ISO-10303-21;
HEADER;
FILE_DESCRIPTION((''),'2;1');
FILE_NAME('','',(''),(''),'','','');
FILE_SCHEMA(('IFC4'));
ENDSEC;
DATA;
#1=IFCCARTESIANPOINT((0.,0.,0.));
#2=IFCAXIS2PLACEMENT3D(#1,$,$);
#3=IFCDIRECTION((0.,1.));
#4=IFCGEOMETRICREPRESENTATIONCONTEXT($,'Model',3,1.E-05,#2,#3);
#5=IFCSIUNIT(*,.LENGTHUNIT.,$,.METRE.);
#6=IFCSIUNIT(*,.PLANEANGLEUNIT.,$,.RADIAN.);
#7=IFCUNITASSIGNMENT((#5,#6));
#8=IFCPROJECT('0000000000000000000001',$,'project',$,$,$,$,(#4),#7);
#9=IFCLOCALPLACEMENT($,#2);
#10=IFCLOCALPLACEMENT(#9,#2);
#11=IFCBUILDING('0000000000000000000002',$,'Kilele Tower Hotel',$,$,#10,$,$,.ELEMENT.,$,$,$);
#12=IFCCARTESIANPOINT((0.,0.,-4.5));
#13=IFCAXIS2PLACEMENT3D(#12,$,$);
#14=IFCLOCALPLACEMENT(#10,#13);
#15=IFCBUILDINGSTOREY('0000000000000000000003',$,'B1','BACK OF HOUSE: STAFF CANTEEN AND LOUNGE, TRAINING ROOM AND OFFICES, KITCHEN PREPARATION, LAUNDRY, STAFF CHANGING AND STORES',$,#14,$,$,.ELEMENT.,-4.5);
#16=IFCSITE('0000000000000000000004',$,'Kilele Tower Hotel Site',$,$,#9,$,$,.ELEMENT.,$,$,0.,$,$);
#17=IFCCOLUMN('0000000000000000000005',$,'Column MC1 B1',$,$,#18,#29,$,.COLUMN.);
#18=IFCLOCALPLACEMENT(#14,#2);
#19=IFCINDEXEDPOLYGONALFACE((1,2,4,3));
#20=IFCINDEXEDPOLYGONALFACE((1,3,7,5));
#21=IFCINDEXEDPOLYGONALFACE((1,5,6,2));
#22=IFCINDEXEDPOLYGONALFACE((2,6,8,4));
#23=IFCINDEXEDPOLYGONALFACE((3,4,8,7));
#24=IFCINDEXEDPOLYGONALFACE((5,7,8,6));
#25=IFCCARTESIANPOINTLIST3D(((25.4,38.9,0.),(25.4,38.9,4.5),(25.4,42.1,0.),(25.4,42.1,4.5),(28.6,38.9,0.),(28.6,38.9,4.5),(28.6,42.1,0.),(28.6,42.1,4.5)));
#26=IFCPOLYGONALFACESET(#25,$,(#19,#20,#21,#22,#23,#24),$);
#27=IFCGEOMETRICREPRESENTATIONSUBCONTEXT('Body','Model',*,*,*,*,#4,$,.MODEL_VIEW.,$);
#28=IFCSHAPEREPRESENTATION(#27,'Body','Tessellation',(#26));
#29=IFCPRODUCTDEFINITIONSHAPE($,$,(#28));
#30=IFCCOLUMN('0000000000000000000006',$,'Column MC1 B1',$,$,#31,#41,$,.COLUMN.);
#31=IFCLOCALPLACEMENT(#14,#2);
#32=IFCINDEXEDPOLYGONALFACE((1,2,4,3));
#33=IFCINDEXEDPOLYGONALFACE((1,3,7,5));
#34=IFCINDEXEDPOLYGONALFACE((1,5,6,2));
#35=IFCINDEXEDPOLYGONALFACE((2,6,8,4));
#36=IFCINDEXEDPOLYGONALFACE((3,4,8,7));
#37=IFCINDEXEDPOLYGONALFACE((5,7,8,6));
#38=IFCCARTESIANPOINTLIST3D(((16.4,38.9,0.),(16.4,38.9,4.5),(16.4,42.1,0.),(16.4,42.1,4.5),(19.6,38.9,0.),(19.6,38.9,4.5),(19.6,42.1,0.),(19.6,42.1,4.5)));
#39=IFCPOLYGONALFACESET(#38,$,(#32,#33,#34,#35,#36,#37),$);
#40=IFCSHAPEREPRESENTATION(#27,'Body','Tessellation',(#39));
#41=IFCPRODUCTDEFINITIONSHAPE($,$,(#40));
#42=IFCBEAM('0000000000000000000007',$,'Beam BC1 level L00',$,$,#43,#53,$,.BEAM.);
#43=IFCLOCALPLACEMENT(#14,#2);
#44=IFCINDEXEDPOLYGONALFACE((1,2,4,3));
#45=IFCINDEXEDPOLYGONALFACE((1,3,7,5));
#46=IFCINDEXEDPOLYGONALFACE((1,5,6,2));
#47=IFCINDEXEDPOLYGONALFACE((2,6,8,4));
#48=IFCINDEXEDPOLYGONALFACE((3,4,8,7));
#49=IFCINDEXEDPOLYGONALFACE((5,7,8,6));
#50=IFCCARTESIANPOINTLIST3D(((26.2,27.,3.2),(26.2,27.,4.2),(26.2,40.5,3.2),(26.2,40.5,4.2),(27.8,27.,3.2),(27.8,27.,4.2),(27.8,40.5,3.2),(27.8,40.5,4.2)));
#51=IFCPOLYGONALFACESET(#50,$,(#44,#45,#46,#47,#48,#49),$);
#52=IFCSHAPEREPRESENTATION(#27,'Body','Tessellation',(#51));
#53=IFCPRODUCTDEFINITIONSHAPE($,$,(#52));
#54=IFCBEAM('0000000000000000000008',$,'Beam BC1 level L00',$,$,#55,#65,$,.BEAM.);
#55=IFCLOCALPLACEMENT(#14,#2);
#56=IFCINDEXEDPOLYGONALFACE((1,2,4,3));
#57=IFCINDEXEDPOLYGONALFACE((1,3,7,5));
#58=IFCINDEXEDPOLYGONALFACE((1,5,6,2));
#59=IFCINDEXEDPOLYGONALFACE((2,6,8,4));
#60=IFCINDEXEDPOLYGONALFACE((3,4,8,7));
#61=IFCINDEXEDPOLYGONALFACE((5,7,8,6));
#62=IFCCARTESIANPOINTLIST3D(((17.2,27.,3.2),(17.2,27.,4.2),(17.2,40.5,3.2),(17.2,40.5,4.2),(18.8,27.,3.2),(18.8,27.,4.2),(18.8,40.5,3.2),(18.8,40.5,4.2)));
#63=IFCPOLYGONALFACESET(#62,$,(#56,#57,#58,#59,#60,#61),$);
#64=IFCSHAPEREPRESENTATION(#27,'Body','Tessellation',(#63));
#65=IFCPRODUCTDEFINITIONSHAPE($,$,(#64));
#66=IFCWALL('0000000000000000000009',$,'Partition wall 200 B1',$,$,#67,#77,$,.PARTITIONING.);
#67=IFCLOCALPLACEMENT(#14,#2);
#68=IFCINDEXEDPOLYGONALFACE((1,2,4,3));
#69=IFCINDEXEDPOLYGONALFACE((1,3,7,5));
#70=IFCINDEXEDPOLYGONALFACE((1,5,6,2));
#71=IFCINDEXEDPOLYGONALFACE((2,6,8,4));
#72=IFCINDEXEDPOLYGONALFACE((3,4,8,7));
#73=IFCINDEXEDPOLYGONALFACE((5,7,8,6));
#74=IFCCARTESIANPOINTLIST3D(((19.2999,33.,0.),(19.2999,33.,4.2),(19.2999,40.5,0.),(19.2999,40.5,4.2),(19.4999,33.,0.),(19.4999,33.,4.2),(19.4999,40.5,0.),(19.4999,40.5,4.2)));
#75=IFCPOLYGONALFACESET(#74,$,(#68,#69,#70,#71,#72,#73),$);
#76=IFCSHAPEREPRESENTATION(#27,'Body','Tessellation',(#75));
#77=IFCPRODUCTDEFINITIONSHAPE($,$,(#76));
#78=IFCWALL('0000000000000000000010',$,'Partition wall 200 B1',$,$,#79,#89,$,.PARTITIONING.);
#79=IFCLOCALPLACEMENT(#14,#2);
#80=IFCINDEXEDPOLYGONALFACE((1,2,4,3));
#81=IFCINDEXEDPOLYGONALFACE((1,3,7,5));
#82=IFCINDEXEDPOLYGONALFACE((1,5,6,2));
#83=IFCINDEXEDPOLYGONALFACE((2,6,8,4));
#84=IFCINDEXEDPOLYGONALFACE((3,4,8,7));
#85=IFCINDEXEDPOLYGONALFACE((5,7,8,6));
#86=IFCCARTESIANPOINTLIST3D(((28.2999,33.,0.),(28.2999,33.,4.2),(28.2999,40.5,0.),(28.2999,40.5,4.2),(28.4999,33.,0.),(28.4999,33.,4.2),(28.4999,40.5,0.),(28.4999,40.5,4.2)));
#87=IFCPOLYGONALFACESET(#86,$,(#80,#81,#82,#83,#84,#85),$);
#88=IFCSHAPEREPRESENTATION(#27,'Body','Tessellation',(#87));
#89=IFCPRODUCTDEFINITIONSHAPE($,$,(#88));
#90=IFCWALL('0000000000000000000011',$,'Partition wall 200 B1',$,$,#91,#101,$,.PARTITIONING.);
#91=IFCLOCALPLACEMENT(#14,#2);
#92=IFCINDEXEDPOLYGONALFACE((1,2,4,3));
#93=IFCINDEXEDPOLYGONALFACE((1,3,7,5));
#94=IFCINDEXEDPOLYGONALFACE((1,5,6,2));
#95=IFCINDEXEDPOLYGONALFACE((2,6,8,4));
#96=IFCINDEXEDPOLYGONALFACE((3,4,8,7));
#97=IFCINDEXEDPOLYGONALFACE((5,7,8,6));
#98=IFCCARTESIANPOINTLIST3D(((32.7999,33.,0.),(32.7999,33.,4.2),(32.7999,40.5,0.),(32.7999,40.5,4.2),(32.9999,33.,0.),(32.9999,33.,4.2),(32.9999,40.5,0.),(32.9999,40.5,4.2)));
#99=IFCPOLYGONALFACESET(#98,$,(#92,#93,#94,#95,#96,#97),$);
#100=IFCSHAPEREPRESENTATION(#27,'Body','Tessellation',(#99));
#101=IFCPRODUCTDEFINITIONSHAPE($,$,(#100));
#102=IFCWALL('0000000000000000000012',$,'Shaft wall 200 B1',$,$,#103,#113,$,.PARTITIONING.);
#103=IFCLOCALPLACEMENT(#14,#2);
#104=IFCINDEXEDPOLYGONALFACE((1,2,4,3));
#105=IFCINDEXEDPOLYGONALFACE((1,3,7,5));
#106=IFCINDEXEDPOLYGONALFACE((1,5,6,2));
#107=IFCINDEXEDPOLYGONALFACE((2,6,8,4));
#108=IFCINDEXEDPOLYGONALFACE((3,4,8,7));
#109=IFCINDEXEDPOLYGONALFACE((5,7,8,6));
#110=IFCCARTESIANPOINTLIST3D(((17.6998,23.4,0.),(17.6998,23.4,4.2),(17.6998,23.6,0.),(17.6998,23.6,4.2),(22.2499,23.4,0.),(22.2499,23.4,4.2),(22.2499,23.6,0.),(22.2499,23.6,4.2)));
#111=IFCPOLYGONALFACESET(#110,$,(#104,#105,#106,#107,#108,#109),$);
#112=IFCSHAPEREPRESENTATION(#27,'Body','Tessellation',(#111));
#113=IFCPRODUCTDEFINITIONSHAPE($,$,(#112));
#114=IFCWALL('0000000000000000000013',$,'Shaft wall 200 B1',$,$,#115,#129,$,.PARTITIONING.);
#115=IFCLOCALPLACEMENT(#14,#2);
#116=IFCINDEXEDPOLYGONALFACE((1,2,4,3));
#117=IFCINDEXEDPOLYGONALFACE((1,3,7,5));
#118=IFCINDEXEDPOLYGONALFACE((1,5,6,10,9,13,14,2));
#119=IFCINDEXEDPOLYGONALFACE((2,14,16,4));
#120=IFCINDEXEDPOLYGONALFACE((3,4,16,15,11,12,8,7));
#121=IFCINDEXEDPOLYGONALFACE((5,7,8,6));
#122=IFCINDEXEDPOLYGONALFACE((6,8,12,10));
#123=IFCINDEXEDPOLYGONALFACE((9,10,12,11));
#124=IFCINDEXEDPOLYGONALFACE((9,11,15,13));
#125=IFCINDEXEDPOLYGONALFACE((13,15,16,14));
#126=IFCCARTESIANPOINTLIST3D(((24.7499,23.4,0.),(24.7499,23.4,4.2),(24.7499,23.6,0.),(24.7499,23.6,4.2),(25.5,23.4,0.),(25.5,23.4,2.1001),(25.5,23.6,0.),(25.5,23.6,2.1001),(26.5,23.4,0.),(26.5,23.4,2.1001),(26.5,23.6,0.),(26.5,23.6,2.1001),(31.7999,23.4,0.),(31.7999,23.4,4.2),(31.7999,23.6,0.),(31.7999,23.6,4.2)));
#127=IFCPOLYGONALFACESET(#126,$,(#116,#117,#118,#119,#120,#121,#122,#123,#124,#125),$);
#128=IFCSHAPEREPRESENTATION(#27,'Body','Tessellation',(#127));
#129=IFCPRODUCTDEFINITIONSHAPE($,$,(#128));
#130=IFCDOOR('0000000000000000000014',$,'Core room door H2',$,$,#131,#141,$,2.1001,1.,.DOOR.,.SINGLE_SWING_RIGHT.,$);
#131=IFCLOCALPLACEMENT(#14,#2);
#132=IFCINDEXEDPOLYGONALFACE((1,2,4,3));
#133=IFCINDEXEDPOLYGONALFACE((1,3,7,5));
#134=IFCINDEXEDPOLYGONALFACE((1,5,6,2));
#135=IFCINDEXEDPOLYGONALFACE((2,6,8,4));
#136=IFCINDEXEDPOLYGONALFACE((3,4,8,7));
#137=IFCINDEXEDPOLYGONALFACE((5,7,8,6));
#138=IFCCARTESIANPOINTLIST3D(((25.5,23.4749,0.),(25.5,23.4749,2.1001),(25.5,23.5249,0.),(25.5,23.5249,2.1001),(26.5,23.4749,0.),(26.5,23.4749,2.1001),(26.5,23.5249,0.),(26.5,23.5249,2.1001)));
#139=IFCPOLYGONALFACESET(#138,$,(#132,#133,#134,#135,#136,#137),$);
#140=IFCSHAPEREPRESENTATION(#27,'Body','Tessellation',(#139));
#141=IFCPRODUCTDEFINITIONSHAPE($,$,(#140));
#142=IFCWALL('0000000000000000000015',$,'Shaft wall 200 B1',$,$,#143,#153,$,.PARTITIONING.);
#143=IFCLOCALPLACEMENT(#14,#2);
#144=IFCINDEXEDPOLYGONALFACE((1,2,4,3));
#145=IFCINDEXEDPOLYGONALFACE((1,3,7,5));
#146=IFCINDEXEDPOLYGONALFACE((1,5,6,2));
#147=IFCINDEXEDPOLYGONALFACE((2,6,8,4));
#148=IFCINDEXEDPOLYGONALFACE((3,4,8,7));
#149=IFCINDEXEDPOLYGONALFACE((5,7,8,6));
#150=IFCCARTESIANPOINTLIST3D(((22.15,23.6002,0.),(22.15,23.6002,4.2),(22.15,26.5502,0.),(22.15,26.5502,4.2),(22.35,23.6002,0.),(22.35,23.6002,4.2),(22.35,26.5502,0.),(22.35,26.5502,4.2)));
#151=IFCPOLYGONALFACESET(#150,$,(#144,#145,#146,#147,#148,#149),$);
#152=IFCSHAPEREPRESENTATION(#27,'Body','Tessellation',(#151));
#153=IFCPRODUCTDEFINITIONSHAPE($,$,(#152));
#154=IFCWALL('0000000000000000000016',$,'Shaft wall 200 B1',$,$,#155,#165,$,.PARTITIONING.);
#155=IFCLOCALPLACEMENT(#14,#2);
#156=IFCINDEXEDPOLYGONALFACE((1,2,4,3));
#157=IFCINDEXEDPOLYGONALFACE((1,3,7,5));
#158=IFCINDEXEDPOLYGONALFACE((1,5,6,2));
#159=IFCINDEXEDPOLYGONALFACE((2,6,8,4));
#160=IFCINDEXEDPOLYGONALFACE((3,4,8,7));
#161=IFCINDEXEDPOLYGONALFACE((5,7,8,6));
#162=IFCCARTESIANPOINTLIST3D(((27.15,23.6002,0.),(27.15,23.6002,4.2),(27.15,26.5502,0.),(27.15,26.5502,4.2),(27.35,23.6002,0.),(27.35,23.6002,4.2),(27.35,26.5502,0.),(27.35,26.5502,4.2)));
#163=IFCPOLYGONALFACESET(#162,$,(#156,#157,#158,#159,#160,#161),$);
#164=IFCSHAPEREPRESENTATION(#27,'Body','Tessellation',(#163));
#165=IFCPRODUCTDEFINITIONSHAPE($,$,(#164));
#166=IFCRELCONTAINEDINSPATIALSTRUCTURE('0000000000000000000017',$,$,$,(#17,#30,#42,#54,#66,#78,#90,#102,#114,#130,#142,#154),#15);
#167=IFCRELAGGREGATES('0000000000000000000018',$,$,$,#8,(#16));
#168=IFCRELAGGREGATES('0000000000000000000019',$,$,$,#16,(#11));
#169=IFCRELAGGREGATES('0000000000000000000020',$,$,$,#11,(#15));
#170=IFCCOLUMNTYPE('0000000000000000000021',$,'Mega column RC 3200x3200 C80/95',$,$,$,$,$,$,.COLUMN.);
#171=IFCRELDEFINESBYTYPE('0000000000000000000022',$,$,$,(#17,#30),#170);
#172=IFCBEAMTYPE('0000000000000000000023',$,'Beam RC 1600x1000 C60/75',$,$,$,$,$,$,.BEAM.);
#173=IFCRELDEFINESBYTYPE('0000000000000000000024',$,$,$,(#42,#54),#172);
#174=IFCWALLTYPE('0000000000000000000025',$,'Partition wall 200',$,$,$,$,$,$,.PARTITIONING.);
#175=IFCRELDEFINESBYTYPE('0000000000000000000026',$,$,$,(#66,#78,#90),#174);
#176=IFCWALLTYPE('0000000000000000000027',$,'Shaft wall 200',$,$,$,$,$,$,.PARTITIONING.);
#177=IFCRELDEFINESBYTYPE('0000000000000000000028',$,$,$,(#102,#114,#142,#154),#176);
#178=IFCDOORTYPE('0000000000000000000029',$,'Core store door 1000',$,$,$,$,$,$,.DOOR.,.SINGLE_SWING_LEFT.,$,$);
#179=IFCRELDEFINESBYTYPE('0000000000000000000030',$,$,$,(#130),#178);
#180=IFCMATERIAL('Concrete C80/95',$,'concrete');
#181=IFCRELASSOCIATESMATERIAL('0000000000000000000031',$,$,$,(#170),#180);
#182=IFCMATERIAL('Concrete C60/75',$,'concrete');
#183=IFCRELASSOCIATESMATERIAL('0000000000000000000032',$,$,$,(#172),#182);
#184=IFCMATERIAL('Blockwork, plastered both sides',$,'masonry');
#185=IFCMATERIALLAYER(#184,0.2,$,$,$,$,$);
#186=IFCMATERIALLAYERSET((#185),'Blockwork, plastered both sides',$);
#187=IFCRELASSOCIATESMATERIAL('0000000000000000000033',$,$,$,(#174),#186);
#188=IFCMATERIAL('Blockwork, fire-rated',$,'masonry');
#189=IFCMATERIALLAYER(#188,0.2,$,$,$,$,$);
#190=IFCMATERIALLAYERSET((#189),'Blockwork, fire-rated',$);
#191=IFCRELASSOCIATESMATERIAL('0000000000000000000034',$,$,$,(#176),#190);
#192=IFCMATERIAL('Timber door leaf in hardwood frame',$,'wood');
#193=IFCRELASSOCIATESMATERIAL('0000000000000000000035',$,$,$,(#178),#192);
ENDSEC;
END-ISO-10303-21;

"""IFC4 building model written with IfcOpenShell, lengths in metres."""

from ifc_helpers import new_model, si_unit, direction, frame, frame_2d, origin, origin_2d, place, context, subcontext, project, spatial, rectangle, extrude, material, layer, layer_set, material_profile, profile_set, type_object, element, fill, save


model = new_model("IFC4")

# Units and contexts
model_context = context("Model", 3, precision=1e-05, world=origin(), true_north=direction((0.0, 1.0)))
body_context = subcontext(model_context, "Body", "Model", "MODEL_VIEW")
ifc_project = project(units=[si_unit("LENGTHUNIT", "METRE"), si_unit("PLANEANGLEUNIT", "RADIAN")], contexts=[model_context])

# Site, building, storey
site_placement = place(None, origin())
site = spatial("IfcSite", under=ifc_project, at=site_placement, Name="Kilele Tower Hotel Site", CompositionType="ELEMENT", RefElevation=0.0)
building_placement = place(site_placement, origin())
building = spatial("IfcBuilding", under=site, at=building_placement, Name="Kilele Tower Hotel", CompositionType="ELEMENT")
storey_placement = place(building_placement, frame((0.0, 0.0, -4.5)))
storey = spatial("IfcBuildingStorey", under=building, at=storey_placement, Name="B1", Description="BACK OF HOUSE: STAFF CANTEEN AND LOUNGE, TRAINING ROOM AND OFFICES, KITCHEN PREPARATION, LAUNDRY, STAFF CHANGING AND STORES", CompositionType="ELEMENT", Elevation=-4.5)

# Columns
ifc_material_1 = material(Name="Concrete C80/95", Category="concrete")
ifc_material_profile_1 = material_profile(ifc_material_1, rectangle(XDim=3.2, YDim=3.2, at=origin_2d()))
ifc_profile_set_1 = profile_set([ifc_material_profile_1], Name="Concrete C80/95")
column_type = type_object("IfcColumnType", Name="Mega column RC 3200x3200 C80/95", PredefinedType="COLUMN", material=ifc_profile_set_1)
for number, where, z_axis, x_axis, name in (
    (1, (27.0, 40.5, 0.0), (0.0, 0.0, 1.0), (1.0, 0.0, 0.0), "Column MC1 B1"),
    (2, (18.0, 40.5, 0.0), (0.0, 0.0, 1.0), (1.0, 0.0, 0.0), "Column MC1 B1"),
):
    element("IfcColumn", number, at=place(storey_placement, frame(where, z_axis=z_axis, x_axis=x_axis)), inside=storey, type_object=column_type, Name=name, PredefinedType="COLUMN", context=body_context, shape_type="SweptSolid", body=[
        extrude(rectangle(XDim=3.2, YDim=3.2, at=origin_2d()), origin(), (0.0, 0.0, 1.0), 4.5),
    ])

# Beams
ifc_material_2 = material(Name="Concrete C60/75", Category="concrete")
ifc_material_profile_2 = material_profile(ifc_material_2, rectangle(XDim=1.6001, YDim=1.0, at=origin_2d()))
ifc_profile_set_2 = profile_set([ifc_material_profile_2], Name="Concrete C60/75")
beam_type = type_object("IfcBeamType", Name="Beam RC 1600x1000 C60/75", PredefinedType="BEAM", material=ifc_profile_set_2)
for number, where, z_axis, x_axis, name in (
    (3, (27.0, 40.5, 3.7), (0.0, -1.0, 0.0), (1.0, 0.0, 0.0), "Beam BC1 level L00"),
    (4, (18.0, 40.5, 3.7), (0.0, -1.0, 0.0), (1.0, 0.0, 0.0), "Beam BC1 level L00"),
):
    element("IfcBeam", number, at=place(storey_placement, frame(where, z_axis=z_axis, x_axis=x_axis)), inside=storey, type_object=beam_type, Name=name, PredefinedType="BEAM", context=body_context, shape_type="SweptSolid", body=[
        extrude(rectangle(XDim=1.6001, YDim=1.0, at=origin_2d()), origin(), (0.0, 0.0, 1.0), 13.5),
    ])

# Walls
ifc_material_3 = material(Name="Blockwork, plastered both sides", Category="masonry")
ifc_layer_1 = layer(ifc_material_3, 0.2)
ifc_layer_set_1 = layer_set([ifc_layer_1], Name="Blockwork, plastered both sides")
wall_type_1 = type_object("IfcWallType", Name="Partition wall 200", PredefinedType="PARTITIONING", material=ifc_layer_set_1)
for number, where, z_axis, x_axis, name in (
    (5, (19.3999, 33.0, 0.0), (0.0, 0.0, 1.0), (0.0, 1.0, 0.0), "Partition wall 200 B1"),
    (6, (28.3999, 33.0, 0.0), (0.0, 0.0, 1.0), (0.0, 1.0, 0.0), "Partition wall 200 B1"),
    (7, (32.8999, 33.0, 0.0), (0.0, 0.0, 1.0), (0.0, 1.0, 0.0), "Partition wall 200 B1"),
):
    element("IfcWall", number, at=place(storey_placement, frame(where, z_axis=z_axis, x_axis=x_axis)), inside=storey, type_object=wall_type_1, Name=name, PredefinedType="PARTITIONING", context=body_context, shape_type="SweptSolid", body=[
        extrude(rectangle(XDim=7.5, YDim=0.2, at=frame_2d((3.75, 0.0))), origin(), (0.0, 0.0, 1.0), 4.2),
    ])
ifc_material_4 = material(Name="Blockwork, fire-rated", Category="masonry")
ifc_layer_2 = layer(ifc_material_4, 0.2)
ifc_layer_set_2 = layer_set([ifc_layer_2], Name="Blockwork, fire-rated")
wall_type_2 = type_object("IfcWallType", Name="Shaft wall 200", PredefinedType="PARTITIONING", material=ifc_layer_set_2)
wall_1_placement = place(storey_placement, frame((17.7, 23.5, 0.0), z_axis=(0.0, 0.0, 1.0), x_axis=(1.0, 0.0, 0.0)))
element("IfcWall", 8, at=wall_1_placement, inside=storey, type_object=wall_type_2, Name="Shaft wall 200 B1", PredefinedType="PARTITIONING", context=body_context, shape_type="SweptSolid", body=[
    extrude(rectangle(XDim=4.55, YDim=0.2, at=frame_2d((2.2749, 0.0))), origin(), (0.0, 0.0, 1.0), 4.2),
])

# Wall, opening, door
wall_2_placement = place(storey_placement, frame((24.75, 23.5, 0.0), z_axis=(0.0, 0.0, 1.0), x_axis=(1.0, 0.0, 0.0)))
wall_2 = element("IfcWall", 9, at=wall_2_placement, inside=storey, type_object=wall_type_2, Name="Shaft wall 200 B1", PredefinedType="PARTITIONING", context=body_context, shape_type="SweptSolid", body=[
    extrude(rectangle(XDim=7.05, YDim=0.2, at=frame_2d((3.5249, 0.0))), origin(), (0.0, 0.0, 1.0), 4.2),
])
opening_placement = place(wall_2_placement, frame((0.75, 0.0, 0.0)))
opening = element("IfcOpeningElement", 10, at=opening_placement, cuts=wall_2, PredefinedType="OPENING", context=body_context, shape_type="SweptSolid", body=[
    extrude(rectangle(XDim=1.0, YDim=2.1001, at=frame_2d((0.5, 1.05))), frame((0.0, 0.1099, 0.0), z_axis=(0.0, -1.0, 0.0), x_axis=(1.0, 0.0, 0.0)), (0.0, 0.0, 1.0), 0.22),
])
ifc_material_5 = material(Name="Timber door leaf in hardwood frame", Category="wood")
door_type = type_object("IfcDoorType", Name="Core store door 1000", OperationType="SINGLE_SWING_LEFT", PredefinedType="DOOR", material=ifc_material_5)
door_placement = place(opening_placement, origin())
door = element("IfcDoor", 11, at=door_placement, inside=storey, type_object=door_type, Name="Core room door H2", OperationType="SINGLE_SWING_RIGHT", OverallHeight=2.1001, OverallWidth=1.0, PredefinedType="DOOR", context=body_context, shape_type="SweptSolid", body=[
    extrude(rectangle(XDim=1.0, YDim=2.1001, at=frame_2d((0.5, 1.05))), frame((0.0, 0.0249, 0.0), z_axis=(0.0, -1.0, 0.0), x_axis=(1.0, 0.0, 0.0)), (0.0, 0.0, 1.0), 0.05),
])
fill(opening, door)

# Walls
for number, where, z_axis, x_axis, name in (
    (12, (22.25, 23.6001, 0.0), (0.0, 0.0, 1.0), (0.0, 1.0, 0.0), "Shaft wall 200 B1"),
    (13, (27.25, 23.6001, 0.0), (0.0, 0.0, 1.0), (0.0, 1.0, 0.0), "Shaft wall 200 B1"),
):
    element("IfcWall", number, at=place(storey_placement, frame(where, z_axis=z_axis, x_axis=x_axis)), inside=storey, type_object=wall_type_2, Name=name, PredefinedType="PARTITIONING", context=body_context, shape_type="SweptSolid", body=[
        extrude(rectangle(XDim=2.95, YDim=0.2, at=frame_2d((1.4751, 0.0))), origin(), (0.0, 0.0, 1.0), 4.2),
    ])

save(model, "model.ifc")
